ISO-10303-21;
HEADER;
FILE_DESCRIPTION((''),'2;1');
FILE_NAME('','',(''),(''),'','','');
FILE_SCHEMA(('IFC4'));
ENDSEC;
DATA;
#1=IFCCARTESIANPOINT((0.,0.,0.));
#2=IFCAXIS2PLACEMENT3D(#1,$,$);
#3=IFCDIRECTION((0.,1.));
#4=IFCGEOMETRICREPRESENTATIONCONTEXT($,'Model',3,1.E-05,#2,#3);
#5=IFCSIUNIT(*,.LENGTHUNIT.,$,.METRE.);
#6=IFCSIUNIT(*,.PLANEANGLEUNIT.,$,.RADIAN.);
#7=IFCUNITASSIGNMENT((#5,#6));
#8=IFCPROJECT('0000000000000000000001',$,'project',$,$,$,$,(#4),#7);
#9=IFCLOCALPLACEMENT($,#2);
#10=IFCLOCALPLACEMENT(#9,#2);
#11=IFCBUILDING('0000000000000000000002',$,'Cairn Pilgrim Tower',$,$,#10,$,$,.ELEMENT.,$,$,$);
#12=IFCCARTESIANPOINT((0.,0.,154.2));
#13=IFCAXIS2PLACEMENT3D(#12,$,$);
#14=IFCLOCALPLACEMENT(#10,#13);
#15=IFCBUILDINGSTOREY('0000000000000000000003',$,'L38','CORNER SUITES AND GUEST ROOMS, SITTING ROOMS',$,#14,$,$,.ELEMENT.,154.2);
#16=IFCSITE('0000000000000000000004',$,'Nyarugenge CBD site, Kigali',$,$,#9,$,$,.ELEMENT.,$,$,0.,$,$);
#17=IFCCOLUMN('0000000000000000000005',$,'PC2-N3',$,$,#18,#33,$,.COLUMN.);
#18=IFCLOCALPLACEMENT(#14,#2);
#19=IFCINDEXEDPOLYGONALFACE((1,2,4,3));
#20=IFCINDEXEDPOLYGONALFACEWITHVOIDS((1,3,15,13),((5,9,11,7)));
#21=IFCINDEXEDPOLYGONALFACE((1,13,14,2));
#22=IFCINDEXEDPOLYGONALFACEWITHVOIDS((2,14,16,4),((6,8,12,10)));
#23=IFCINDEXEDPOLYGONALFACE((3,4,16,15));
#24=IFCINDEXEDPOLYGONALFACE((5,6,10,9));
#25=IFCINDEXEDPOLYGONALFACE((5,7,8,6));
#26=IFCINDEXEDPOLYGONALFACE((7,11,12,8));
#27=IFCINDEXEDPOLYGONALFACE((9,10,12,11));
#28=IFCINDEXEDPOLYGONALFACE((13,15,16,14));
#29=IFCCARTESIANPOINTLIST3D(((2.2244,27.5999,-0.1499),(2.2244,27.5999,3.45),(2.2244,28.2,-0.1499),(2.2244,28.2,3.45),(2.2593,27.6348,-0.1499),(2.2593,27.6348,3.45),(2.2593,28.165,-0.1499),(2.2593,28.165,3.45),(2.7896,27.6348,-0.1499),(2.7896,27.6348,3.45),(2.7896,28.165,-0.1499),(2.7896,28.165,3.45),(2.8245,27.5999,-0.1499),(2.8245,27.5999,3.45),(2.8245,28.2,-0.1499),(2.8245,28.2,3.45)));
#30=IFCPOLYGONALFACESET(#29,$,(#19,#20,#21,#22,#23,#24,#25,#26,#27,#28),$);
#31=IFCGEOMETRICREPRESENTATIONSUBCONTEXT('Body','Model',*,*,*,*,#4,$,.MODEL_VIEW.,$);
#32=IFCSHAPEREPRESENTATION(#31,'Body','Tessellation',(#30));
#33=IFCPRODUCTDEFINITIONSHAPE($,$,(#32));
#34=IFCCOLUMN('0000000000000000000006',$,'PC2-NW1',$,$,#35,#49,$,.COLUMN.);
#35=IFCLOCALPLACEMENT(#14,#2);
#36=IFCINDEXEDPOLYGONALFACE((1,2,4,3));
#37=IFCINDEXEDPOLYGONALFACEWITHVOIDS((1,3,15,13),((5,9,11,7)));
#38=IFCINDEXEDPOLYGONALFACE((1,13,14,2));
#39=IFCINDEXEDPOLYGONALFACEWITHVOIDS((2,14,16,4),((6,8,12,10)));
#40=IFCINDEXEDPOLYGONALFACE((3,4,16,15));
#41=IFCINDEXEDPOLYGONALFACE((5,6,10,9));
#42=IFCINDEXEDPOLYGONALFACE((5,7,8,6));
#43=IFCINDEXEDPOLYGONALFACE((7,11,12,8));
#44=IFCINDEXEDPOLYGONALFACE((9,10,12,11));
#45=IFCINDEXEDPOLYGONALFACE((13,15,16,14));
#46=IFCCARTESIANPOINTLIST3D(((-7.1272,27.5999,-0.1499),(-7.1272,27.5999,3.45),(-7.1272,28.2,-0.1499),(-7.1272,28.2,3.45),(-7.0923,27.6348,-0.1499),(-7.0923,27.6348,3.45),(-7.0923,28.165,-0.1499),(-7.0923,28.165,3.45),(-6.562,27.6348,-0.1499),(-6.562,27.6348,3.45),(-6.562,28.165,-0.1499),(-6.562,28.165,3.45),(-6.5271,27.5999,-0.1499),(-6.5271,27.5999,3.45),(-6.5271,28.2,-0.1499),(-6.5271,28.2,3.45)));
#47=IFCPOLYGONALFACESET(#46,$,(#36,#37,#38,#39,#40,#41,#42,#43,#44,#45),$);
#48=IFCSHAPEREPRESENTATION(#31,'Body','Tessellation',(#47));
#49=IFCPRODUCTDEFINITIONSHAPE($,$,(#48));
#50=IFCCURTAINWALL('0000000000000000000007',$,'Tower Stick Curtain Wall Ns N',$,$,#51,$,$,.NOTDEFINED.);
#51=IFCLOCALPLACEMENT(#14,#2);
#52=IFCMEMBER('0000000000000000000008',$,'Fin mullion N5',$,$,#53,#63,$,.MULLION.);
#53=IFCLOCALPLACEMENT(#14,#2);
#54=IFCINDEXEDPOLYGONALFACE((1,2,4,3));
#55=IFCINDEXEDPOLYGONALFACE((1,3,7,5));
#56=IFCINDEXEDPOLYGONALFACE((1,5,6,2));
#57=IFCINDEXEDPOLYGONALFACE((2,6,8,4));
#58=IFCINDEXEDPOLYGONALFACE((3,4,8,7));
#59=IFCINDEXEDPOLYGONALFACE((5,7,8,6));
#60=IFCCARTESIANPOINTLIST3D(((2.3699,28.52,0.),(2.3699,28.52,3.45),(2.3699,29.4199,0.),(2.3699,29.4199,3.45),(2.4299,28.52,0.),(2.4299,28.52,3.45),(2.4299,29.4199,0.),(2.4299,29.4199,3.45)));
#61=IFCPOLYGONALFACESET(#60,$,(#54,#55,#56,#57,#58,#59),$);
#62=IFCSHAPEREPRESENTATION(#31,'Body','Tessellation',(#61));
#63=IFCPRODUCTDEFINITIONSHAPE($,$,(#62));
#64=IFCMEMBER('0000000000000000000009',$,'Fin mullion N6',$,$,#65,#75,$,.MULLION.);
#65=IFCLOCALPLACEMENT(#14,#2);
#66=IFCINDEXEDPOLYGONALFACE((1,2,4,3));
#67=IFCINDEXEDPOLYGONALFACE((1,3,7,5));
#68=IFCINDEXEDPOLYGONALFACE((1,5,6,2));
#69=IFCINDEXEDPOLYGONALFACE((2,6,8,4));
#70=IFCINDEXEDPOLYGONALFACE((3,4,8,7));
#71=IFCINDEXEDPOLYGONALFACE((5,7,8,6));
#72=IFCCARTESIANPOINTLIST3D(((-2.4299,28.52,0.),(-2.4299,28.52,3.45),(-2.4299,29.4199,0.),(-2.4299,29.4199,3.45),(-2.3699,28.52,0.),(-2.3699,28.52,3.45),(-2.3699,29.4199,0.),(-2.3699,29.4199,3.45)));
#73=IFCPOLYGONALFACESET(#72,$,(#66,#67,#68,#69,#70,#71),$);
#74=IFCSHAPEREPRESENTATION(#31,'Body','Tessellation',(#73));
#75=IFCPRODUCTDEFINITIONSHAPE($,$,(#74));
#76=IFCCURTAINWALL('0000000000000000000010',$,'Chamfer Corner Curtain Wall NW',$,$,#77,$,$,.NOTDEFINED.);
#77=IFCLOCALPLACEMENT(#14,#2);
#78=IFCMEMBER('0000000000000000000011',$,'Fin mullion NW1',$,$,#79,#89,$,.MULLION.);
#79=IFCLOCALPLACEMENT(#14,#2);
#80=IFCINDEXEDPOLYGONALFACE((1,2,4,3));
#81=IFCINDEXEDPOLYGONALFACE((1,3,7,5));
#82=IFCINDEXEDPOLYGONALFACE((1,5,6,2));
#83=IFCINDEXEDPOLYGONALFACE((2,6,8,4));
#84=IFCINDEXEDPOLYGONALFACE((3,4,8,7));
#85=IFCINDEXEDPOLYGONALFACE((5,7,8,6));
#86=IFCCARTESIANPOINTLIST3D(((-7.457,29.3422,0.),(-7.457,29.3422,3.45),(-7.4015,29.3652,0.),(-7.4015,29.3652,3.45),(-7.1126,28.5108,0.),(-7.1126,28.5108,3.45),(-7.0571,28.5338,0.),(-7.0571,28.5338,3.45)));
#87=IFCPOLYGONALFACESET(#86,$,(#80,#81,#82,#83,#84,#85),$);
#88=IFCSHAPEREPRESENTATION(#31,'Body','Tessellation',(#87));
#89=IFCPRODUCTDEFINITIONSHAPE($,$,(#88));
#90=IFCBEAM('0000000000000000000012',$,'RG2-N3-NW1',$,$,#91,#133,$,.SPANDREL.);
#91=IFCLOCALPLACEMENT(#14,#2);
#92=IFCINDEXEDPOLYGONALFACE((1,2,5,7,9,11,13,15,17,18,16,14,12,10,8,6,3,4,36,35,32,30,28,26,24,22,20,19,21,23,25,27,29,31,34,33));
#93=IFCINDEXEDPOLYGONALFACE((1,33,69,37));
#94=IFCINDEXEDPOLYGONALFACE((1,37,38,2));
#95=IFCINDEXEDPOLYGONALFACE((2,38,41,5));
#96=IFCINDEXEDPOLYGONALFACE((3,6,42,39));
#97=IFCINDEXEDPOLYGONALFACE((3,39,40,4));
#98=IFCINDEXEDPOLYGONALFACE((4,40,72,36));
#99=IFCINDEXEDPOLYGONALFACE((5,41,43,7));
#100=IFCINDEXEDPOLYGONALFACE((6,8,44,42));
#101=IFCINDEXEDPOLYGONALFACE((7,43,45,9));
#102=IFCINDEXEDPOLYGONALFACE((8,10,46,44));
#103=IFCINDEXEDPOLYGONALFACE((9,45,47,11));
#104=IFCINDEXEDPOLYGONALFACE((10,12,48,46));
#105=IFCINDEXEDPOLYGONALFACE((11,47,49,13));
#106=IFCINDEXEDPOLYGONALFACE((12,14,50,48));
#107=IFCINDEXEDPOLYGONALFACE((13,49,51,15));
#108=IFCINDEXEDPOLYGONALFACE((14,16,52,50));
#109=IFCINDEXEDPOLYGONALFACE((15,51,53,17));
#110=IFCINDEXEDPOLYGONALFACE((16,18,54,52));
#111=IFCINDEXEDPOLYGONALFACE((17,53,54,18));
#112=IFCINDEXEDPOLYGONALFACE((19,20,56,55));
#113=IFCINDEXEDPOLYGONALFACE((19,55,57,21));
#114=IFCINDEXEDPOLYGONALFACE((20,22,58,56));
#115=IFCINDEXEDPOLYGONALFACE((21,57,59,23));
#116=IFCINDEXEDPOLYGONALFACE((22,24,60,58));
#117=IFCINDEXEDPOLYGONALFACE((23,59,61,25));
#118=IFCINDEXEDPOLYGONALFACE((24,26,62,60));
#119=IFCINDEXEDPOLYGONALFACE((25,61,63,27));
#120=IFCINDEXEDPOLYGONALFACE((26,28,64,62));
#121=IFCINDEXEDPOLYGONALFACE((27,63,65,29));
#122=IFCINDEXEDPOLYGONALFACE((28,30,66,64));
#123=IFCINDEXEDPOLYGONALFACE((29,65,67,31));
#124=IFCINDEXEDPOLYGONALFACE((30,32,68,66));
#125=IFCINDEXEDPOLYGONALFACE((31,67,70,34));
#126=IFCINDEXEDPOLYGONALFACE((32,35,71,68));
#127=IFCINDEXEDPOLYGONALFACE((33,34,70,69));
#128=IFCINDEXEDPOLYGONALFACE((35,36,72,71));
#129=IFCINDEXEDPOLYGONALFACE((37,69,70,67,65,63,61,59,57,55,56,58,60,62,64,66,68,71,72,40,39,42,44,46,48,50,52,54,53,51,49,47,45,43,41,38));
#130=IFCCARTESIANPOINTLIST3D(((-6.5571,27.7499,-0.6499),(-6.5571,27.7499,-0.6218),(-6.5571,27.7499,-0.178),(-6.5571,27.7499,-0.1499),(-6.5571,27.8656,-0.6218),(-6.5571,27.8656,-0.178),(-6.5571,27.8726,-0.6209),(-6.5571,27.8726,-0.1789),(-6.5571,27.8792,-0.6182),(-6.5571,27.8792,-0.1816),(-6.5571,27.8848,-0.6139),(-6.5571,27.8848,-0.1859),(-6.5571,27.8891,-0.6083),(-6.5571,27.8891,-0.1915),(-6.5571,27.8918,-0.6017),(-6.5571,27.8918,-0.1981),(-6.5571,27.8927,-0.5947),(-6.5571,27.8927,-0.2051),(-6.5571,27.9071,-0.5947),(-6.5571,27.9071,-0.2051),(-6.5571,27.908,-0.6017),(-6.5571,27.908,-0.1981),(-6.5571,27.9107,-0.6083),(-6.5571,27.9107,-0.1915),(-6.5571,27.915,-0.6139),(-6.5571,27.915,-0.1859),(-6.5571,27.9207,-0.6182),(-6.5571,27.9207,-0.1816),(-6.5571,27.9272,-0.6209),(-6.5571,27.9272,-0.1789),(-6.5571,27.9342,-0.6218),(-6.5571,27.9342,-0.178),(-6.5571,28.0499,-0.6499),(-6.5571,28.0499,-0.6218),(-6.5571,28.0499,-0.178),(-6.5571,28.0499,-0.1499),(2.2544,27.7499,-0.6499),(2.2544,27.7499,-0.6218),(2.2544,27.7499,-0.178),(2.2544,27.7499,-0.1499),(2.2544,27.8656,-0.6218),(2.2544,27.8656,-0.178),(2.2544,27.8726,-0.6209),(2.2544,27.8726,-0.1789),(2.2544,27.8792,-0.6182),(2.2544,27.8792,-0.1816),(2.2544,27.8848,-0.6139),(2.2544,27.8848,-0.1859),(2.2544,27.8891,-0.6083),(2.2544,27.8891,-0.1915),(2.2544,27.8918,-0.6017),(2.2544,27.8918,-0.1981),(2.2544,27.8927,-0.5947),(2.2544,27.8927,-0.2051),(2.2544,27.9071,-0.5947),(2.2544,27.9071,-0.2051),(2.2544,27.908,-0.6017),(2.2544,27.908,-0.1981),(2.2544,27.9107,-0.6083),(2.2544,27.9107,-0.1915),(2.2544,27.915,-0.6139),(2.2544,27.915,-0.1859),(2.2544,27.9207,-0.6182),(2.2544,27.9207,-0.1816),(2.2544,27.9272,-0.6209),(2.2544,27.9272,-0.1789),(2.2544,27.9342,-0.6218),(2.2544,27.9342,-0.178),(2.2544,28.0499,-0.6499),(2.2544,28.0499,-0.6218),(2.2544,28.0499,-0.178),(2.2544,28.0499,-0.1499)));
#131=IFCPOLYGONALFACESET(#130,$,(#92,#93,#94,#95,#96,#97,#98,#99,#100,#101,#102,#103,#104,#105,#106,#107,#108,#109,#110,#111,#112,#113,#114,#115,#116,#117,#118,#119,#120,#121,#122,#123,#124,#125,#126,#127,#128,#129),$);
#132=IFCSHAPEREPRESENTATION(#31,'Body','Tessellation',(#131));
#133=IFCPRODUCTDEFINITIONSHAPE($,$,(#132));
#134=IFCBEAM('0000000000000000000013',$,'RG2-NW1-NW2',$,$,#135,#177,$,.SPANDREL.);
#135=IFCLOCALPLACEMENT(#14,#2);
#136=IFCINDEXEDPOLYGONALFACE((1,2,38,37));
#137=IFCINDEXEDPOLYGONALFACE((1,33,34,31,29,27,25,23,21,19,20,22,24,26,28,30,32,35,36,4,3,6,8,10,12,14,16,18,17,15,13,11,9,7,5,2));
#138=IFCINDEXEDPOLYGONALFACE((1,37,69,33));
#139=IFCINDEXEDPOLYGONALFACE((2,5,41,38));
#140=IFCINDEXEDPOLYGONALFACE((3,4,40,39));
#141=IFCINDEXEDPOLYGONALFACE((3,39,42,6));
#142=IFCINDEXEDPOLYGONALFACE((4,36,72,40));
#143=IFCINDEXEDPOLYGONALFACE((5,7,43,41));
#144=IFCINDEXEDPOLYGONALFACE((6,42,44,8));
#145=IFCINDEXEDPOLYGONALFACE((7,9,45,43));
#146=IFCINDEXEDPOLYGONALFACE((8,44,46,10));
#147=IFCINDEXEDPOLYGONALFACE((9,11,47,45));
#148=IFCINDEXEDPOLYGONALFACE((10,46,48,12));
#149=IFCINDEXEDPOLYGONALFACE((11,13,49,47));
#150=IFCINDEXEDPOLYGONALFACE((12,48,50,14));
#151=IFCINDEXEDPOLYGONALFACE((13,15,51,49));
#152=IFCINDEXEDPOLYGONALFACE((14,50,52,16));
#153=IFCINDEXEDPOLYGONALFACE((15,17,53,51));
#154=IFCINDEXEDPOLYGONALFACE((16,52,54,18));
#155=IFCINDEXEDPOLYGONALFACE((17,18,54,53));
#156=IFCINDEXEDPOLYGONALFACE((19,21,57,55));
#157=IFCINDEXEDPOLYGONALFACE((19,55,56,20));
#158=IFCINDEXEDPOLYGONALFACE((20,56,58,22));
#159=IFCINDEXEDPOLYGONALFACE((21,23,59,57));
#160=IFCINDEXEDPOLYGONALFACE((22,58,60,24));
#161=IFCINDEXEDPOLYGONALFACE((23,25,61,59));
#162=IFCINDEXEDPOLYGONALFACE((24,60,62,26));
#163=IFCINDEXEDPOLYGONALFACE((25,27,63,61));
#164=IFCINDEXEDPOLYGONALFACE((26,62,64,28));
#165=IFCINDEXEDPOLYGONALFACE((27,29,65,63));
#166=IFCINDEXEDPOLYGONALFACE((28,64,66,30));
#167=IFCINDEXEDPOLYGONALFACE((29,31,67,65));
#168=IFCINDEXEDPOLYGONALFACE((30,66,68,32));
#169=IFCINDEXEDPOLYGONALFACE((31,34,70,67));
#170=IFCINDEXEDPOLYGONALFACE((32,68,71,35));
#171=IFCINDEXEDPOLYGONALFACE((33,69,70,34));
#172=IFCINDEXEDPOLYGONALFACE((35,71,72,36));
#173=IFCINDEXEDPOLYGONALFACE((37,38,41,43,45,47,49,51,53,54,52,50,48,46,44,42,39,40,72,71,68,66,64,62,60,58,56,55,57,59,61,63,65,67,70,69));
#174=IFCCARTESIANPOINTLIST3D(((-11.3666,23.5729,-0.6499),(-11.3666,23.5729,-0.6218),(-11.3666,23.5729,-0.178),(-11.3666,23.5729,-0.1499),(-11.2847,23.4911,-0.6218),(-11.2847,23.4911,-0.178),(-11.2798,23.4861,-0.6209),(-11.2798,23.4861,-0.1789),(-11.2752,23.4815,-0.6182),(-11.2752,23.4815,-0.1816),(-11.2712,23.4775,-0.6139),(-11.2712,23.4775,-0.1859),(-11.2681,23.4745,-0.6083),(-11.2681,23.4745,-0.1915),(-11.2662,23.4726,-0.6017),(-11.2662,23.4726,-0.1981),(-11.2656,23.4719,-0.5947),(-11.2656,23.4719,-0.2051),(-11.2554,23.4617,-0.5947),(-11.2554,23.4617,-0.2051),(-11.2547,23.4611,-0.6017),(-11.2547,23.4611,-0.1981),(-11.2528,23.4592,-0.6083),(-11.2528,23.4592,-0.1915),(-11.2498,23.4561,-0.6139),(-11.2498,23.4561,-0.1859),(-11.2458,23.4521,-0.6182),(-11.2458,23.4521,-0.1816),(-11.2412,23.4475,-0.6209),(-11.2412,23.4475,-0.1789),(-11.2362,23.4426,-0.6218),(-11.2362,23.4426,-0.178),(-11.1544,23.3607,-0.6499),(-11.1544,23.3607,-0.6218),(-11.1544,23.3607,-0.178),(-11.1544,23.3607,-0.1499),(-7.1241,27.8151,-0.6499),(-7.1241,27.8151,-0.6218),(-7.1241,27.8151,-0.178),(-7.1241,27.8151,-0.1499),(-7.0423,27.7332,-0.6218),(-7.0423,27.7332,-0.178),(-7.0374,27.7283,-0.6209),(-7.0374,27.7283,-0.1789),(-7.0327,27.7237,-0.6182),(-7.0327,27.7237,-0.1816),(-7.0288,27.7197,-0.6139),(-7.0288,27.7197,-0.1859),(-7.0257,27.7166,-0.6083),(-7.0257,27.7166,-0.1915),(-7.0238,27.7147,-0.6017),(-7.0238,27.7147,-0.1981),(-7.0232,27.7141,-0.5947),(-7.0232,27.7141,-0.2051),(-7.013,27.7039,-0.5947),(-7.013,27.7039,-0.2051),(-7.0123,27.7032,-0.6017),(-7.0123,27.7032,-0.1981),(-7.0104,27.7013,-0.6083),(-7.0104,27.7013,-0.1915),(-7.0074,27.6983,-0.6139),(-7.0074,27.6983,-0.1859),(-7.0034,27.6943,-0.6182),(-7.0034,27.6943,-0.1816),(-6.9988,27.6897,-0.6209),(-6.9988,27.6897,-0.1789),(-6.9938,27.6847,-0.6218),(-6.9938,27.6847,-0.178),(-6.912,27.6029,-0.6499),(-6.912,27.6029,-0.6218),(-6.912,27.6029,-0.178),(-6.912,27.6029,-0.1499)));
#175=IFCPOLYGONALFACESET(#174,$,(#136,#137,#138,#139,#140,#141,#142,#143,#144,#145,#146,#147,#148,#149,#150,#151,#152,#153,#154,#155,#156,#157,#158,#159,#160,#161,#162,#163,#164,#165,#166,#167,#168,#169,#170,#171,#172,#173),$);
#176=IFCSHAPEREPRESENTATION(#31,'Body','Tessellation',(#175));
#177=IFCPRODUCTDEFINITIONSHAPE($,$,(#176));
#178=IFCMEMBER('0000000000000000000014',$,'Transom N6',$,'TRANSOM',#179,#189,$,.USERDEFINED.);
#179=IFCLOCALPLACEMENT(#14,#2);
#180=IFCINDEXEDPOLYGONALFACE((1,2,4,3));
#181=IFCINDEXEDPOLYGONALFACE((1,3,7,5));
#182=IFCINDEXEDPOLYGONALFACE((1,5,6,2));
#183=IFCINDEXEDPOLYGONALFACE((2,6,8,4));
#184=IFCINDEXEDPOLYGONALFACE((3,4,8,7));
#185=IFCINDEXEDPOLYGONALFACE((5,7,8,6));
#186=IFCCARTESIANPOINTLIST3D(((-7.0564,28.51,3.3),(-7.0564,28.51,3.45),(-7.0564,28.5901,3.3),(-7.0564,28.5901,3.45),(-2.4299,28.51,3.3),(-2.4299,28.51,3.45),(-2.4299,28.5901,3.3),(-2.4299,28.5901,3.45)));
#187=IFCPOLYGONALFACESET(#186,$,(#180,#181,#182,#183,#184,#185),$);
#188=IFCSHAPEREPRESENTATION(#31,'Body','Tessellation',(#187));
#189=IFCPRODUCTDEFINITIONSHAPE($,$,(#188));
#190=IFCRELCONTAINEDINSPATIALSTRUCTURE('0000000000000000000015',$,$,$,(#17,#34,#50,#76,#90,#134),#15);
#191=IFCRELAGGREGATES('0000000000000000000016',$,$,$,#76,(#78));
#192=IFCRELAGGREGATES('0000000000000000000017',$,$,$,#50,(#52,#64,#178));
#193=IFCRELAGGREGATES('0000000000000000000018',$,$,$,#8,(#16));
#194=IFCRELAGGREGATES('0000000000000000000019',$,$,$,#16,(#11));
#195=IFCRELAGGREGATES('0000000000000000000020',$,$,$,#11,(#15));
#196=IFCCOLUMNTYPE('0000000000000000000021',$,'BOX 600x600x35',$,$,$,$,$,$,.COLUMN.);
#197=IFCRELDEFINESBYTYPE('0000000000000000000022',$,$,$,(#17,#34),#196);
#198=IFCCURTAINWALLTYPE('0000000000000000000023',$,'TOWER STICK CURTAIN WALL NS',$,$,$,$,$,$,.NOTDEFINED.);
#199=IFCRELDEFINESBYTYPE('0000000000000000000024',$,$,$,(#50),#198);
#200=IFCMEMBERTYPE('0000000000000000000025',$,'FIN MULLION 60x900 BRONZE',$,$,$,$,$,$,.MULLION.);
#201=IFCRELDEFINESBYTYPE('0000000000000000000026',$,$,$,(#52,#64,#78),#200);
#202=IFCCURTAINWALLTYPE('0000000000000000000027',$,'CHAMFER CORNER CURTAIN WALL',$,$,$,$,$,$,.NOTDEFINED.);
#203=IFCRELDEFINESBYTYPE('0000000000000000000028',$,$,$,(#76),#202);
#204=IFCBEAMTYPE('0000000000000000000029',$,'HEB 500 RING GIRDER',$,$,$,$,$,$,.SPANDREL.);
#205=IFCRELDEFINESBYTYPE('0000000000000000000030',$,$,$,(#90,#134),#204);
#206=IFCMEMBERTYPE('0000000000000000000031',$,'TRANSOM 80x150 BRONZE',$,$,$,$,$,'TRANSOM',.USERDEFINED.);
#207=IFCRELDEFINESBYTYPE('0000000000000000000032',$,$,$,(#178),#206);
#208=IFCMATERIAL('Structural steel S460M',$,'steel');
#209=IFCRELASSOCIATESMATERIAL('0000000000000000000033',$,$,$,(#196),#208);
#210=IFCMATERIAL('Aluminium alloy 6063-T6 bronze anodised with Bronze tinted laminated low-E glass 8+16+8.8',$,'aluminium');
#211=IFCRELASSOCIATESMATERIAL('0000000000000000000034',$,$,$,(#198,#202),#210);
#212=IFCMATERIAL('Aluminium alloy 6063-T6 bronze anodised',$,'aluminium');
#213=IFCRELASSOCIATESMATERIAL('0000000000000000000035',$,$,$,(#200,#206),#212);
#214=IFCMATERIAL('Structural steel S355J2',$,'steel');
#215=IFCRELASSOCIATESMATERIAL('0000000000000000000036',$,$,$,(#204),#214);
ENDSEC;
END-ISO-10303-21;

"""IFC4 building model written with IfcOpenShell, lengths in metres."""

from ifc_helpers import new_model, si_unit, direction, frame, origin, origin_2d, place, context, subcontext, project, spatial, rectangle, hollow_rectangle, i_section, extrude, material, material_profile, profile_set, type_object, element, aggregate, save


model = new_model("IFC4")

# Units and contexts
model_context = context("Model", 3, precision=1e-05, world=origin(), true_north=direction((0.0, 1.0)))
body_context = subcontext(model_context, "Body", "Model", "MODEL_VIEW")
ifc_project = project(units=[si_unit("LENGTHUNIT", "METRE"), si_unit("PLANEANGLEUNIT", "RADIAN")], contexts=[model_context])

# Site, building, storey
site_placement = place(None, origin())
site = spatial("IfcSite", under=ifc_project, at=site_placement, Name="Nyarugenge CBD site, Kigali", CompositionType="ELEMENT", RefElevation=0.0)
building_placement = place(site_placement, origin())
building = spatial("IfcBuilding", under=site, at=building_placement, Name="Cairn Pilgrim Tower", CompositionType="ELEMENT")
storey_placement = place(building_placement, frame((0.0, 0.0, 154.2)))
storey = spatial("IfcBuildingStorey", under=building, at=storey_placement, Name="L38", Description="CORNER SUITES AND GUEST ROOMS, SITTING ROOMS", CompositionType="ELEMENT", Elevation=154.2)

# Columns
ifc_material_1 = material(Name="Structural steel S460M", Category="steel")
ifc_material_profile_1 = material_profile(ifc_material_1, hollow_rectangle(XDim=0.6001, YDim=0.6001, WallThickness=0.0349, at=origin_2d()), Name="BOX 600x600x35")
ifc_profile_set_1 = profile_set([ifc_material_profile_1], Name="Structural steel S460M")
column_type = type_object("IfcColumnType", Name="BOX 600x600x35", PredefinedType="COLUMN", material=ifc_profile_set_1)
for number, where, z_axis, x_axis, name in (
    (1, (2.5244, 27.8999, -0.1499), (0.0, 0.0, 1.0), (1.0, 0.0, 0.0), "PC2-N3"),
    (2, (-6.8271, 27.8999, -0.1499), (0.0, 0.0, 1.0), (1.0, 0.0, 0.0), "PC2-NW1"),
):
    element("IfcColumn", number, at=place(storey_placement, frame(where, z_axis=z_axis, x_axis=x_axis)), inside=storey, type_object=column_type, Name=name, PredefinedType="COLUMN", context=body_context, shape_type="SweptSolid", body=[
        extrude(hollow_rectangle(XDim=0.6001, YDim=0.6001, WallThickness=0.0349, at=origin_2d()), origin(), (0.0, 0.0, 1.0), 3.5999),
    ])

# Curtain wall, members
ifc_material_2 = material(Name="Aluminium alloy 6063-T6 bronze anodised with Bronze tinted laminated low-E glass 8+16+8.8", Category="aluminium")
curtain_wall_type_1 = type_object("IfcCurtainWallType", Name="TOWER STICK CURTAIN WALL NS", PredefinedType="NOTDEFINED", material=ifc_material_2)
curtain_wall_1_placement = place(storey_placement, origin())
curtain_wall_1 = element("IfcCurtainWall", 3, at=curtain_wall_1_placement, inside=storey, type_object=curtain_wall_type_1, Name="Tower Stick Curtain Wall Ns N", PredefinedType="NOTDEFINED")
ifc_material_3 = material(Name="Aluminium alloy 6063-T6 bronze anodised", Category="aluminium")
ifc_material_profile_2 = material_profile(ifc_material_3, rectangle(XDim=0.8999, YDim=0.0601, at=origin_2d()), Name="FIN MULLION 60x900 BRONZE")
ifc_profile_set_2 = profile_set([ifc_material_profile_2], Name="Aluminium alloy 6063-T6 bronze anodised")
member_type_1 = type_object("IfcMemberType", Name="FIN MULLION 60x900 BRONZE", PredefinedType="MULLION", material=ifc_profile_set_2)
member_1_placement = place(storey_placement, frame((2.3999, 28.97, 0.0), z_axis=(0.0, 0.0, 1.0), x_axis=(0.0, 1.0, 0.0)))
member_1 = element("IfcMember", 4, at=member_1_placement, type_object=member_type_1, Name="Fin mullion N5", PredefinedType="MULLION", context=body_context, shape_type="SweptSolid", body=[
    extrude(rectangle(XDim=0.8999, YDim=0.0601, at=origin_2d()), origin(), (0.0, 0.0, 1.0), 3.45),
])
member_2_placement = place(storey_placement, frame((-2.3999, 28.97, 0.0), z_axis=(0.0, 0.0, 1.0), x_axis=(0.0, 1.0, 0.0)))
member_2 = element("IfcMember", 5, at=member_2_placement, type_object=member_type_1, Name="Fin mullion N6", PredefinedType="MULLION", context=body_context, shape_type="SweptSolid", body=[
    extrude(rectangle(XDim=0.8999, YDim=0.0601, at=origin_2d()), origin(), (0.0, 0.0, 1.0), 3.45),
])

# Curtain wall, member
curtain_wall_type_2 = type_object("IfcCurtainWallType", Name="CHAMFER CORNER CURTAIN WALL", PredefinedType="NOTDEFINED", material=ifc_material_2)
curtain_wall_2_placement = place(storey_placement, origin())
curtain_wall_2 = element("IfcCurtainWall", 6, at=curtain_wall_2_placement, inside=storey, type_object=curtain_wall_type_2, Name="Chamfer Corner Curtain Wall NW", PredefinedType="NOTDEFINED")
member_3_placement = place(storey_placement, frame((-7.2571, 28.938, 0.0), z_axis=(0.0, 0.0, 1.0), x_axis=(-0.382683, 0.92388, 0.0)))
member_3 = element("IfcMember", 7, at=member_3_placement, type_object=member_type_1, Name="Fin mullion NW1", PredefinedType="MULLION", context=body_context, shape_type="SweptSolid", body=[
    extrude(rectangle(XDim=0.8999, YDim=0.0601, at=origin_2d()), origin(), (0.0, 0.0, 1.0), 3.45),
])
aggregate(curtain_wall_2, [member_3])

# Beams
ifc_material_4 = material(Name="Structural steel S355J2", Category="steel")
ifc_material_profile_3 = material_profile(ifc_material_4, i_section(OverallWidth=0.3, OverallDepth=0.5, WebThickness=0.0144, FlangeThickness=0.0281, FilletRadius=0.0271, at=origin_2d()), Name="HEB 500")
ifc_profile_set_3 = profile_set([ifc_material_profile_3], Name="Structural steel S355J2")
beam_type = type_object("IfcBeamType", Name="HEB 500 RING GIRDER", PredefinedType="SPANDREL", material=ifc_profile_set_3)
beam_1_placement = place(storey_placement, frame((2.2544, 27.8999, -0.3999), z_axis=(-1.0, 0.0, 0.0), x_axis=(0.0, -1.0, 0.0)))
element("IfcBeam", 8, at=beam_1_placement, inside=storey, type_object=beam_type, Name="RG2-N3-NW1", PredefinedType="SPANDREL", context=body_context, shape_type="SweptSolid", body=[
    extrude(i_section(OverallWidth=0.3, OverallDepth=0.5, WebThickness=0.0144, FlangeThickness=0.0281, FilletRadius=0.0271, at=origin_2d()), origin(), (0.0, 0.0, 1.0), 8.8115),
])
beam_2_placement = place(storey_placement, frame((-7.0181, 27.709, -0.3999), z_axis=(-0.707127, -0.707086, 0.0), x_axis=(0.707086, -0.707127, 0.0)))
element("IfcBeam", 9, at=beam_2_placement, inside=storey, type_object=beam_type, Name="RG2-NW1-NW2", PredefinedType="SPANDREL", context=body_context, shape_type="SweptSolid", body=[
    extrude(i_section(OverallWidth=0.3, OverallDepth=0.5, WebThickness=0.0144, FlangeThickness=0.0281, FilletRadius=0.0271, at=origin_2d()), origin(), (0.0, 0.0, 1.0), 5.9995),
])

# Member
ifc_material_profile_4 = material_profile(ifc_material_3, rectangle(XDim=0.0801, YDim=0.1499, at=origin_2d()), Name="TRANSOM 80x150 BRONZE")
ifc_profile_set_4 = profile_set([ifc_material_profile_4], Name="Aluminium alloy 6063-T6 bronze anodised")
member_type_2 = type_object("IfcMemberType", Name="TRANSOM 80x150 BRONZE", ElementType="TRANSOM", PredefinedType="USERDEFINED", material=ifc_profile_set_4)
member_4_placement = place(storey_placement, frame((-2.4299, 28.55, 3.375), z_axis=(-1.0, 0.0, 0.0), x_axis=(0.0, -1.0, 0.0)))
member_4 = element("IfcMember", 10, at=member_4_placement, type_object=member_type_2, Name="Transom N6", ObjectType="TRANSOM", PredefinedType="USERDEFINED", context=body_context, shape_type="SweptSolid", body=[
    extrude(rectangle(XDim=0.0801, YDim=0.1499, at=origin_2d()), origin(), (0.0, 0.0, 1.0), 4.6265),
])

aggregate(curtain_wall_1, [member_1, member_2, member_4])

save(model, "model.ifc")
